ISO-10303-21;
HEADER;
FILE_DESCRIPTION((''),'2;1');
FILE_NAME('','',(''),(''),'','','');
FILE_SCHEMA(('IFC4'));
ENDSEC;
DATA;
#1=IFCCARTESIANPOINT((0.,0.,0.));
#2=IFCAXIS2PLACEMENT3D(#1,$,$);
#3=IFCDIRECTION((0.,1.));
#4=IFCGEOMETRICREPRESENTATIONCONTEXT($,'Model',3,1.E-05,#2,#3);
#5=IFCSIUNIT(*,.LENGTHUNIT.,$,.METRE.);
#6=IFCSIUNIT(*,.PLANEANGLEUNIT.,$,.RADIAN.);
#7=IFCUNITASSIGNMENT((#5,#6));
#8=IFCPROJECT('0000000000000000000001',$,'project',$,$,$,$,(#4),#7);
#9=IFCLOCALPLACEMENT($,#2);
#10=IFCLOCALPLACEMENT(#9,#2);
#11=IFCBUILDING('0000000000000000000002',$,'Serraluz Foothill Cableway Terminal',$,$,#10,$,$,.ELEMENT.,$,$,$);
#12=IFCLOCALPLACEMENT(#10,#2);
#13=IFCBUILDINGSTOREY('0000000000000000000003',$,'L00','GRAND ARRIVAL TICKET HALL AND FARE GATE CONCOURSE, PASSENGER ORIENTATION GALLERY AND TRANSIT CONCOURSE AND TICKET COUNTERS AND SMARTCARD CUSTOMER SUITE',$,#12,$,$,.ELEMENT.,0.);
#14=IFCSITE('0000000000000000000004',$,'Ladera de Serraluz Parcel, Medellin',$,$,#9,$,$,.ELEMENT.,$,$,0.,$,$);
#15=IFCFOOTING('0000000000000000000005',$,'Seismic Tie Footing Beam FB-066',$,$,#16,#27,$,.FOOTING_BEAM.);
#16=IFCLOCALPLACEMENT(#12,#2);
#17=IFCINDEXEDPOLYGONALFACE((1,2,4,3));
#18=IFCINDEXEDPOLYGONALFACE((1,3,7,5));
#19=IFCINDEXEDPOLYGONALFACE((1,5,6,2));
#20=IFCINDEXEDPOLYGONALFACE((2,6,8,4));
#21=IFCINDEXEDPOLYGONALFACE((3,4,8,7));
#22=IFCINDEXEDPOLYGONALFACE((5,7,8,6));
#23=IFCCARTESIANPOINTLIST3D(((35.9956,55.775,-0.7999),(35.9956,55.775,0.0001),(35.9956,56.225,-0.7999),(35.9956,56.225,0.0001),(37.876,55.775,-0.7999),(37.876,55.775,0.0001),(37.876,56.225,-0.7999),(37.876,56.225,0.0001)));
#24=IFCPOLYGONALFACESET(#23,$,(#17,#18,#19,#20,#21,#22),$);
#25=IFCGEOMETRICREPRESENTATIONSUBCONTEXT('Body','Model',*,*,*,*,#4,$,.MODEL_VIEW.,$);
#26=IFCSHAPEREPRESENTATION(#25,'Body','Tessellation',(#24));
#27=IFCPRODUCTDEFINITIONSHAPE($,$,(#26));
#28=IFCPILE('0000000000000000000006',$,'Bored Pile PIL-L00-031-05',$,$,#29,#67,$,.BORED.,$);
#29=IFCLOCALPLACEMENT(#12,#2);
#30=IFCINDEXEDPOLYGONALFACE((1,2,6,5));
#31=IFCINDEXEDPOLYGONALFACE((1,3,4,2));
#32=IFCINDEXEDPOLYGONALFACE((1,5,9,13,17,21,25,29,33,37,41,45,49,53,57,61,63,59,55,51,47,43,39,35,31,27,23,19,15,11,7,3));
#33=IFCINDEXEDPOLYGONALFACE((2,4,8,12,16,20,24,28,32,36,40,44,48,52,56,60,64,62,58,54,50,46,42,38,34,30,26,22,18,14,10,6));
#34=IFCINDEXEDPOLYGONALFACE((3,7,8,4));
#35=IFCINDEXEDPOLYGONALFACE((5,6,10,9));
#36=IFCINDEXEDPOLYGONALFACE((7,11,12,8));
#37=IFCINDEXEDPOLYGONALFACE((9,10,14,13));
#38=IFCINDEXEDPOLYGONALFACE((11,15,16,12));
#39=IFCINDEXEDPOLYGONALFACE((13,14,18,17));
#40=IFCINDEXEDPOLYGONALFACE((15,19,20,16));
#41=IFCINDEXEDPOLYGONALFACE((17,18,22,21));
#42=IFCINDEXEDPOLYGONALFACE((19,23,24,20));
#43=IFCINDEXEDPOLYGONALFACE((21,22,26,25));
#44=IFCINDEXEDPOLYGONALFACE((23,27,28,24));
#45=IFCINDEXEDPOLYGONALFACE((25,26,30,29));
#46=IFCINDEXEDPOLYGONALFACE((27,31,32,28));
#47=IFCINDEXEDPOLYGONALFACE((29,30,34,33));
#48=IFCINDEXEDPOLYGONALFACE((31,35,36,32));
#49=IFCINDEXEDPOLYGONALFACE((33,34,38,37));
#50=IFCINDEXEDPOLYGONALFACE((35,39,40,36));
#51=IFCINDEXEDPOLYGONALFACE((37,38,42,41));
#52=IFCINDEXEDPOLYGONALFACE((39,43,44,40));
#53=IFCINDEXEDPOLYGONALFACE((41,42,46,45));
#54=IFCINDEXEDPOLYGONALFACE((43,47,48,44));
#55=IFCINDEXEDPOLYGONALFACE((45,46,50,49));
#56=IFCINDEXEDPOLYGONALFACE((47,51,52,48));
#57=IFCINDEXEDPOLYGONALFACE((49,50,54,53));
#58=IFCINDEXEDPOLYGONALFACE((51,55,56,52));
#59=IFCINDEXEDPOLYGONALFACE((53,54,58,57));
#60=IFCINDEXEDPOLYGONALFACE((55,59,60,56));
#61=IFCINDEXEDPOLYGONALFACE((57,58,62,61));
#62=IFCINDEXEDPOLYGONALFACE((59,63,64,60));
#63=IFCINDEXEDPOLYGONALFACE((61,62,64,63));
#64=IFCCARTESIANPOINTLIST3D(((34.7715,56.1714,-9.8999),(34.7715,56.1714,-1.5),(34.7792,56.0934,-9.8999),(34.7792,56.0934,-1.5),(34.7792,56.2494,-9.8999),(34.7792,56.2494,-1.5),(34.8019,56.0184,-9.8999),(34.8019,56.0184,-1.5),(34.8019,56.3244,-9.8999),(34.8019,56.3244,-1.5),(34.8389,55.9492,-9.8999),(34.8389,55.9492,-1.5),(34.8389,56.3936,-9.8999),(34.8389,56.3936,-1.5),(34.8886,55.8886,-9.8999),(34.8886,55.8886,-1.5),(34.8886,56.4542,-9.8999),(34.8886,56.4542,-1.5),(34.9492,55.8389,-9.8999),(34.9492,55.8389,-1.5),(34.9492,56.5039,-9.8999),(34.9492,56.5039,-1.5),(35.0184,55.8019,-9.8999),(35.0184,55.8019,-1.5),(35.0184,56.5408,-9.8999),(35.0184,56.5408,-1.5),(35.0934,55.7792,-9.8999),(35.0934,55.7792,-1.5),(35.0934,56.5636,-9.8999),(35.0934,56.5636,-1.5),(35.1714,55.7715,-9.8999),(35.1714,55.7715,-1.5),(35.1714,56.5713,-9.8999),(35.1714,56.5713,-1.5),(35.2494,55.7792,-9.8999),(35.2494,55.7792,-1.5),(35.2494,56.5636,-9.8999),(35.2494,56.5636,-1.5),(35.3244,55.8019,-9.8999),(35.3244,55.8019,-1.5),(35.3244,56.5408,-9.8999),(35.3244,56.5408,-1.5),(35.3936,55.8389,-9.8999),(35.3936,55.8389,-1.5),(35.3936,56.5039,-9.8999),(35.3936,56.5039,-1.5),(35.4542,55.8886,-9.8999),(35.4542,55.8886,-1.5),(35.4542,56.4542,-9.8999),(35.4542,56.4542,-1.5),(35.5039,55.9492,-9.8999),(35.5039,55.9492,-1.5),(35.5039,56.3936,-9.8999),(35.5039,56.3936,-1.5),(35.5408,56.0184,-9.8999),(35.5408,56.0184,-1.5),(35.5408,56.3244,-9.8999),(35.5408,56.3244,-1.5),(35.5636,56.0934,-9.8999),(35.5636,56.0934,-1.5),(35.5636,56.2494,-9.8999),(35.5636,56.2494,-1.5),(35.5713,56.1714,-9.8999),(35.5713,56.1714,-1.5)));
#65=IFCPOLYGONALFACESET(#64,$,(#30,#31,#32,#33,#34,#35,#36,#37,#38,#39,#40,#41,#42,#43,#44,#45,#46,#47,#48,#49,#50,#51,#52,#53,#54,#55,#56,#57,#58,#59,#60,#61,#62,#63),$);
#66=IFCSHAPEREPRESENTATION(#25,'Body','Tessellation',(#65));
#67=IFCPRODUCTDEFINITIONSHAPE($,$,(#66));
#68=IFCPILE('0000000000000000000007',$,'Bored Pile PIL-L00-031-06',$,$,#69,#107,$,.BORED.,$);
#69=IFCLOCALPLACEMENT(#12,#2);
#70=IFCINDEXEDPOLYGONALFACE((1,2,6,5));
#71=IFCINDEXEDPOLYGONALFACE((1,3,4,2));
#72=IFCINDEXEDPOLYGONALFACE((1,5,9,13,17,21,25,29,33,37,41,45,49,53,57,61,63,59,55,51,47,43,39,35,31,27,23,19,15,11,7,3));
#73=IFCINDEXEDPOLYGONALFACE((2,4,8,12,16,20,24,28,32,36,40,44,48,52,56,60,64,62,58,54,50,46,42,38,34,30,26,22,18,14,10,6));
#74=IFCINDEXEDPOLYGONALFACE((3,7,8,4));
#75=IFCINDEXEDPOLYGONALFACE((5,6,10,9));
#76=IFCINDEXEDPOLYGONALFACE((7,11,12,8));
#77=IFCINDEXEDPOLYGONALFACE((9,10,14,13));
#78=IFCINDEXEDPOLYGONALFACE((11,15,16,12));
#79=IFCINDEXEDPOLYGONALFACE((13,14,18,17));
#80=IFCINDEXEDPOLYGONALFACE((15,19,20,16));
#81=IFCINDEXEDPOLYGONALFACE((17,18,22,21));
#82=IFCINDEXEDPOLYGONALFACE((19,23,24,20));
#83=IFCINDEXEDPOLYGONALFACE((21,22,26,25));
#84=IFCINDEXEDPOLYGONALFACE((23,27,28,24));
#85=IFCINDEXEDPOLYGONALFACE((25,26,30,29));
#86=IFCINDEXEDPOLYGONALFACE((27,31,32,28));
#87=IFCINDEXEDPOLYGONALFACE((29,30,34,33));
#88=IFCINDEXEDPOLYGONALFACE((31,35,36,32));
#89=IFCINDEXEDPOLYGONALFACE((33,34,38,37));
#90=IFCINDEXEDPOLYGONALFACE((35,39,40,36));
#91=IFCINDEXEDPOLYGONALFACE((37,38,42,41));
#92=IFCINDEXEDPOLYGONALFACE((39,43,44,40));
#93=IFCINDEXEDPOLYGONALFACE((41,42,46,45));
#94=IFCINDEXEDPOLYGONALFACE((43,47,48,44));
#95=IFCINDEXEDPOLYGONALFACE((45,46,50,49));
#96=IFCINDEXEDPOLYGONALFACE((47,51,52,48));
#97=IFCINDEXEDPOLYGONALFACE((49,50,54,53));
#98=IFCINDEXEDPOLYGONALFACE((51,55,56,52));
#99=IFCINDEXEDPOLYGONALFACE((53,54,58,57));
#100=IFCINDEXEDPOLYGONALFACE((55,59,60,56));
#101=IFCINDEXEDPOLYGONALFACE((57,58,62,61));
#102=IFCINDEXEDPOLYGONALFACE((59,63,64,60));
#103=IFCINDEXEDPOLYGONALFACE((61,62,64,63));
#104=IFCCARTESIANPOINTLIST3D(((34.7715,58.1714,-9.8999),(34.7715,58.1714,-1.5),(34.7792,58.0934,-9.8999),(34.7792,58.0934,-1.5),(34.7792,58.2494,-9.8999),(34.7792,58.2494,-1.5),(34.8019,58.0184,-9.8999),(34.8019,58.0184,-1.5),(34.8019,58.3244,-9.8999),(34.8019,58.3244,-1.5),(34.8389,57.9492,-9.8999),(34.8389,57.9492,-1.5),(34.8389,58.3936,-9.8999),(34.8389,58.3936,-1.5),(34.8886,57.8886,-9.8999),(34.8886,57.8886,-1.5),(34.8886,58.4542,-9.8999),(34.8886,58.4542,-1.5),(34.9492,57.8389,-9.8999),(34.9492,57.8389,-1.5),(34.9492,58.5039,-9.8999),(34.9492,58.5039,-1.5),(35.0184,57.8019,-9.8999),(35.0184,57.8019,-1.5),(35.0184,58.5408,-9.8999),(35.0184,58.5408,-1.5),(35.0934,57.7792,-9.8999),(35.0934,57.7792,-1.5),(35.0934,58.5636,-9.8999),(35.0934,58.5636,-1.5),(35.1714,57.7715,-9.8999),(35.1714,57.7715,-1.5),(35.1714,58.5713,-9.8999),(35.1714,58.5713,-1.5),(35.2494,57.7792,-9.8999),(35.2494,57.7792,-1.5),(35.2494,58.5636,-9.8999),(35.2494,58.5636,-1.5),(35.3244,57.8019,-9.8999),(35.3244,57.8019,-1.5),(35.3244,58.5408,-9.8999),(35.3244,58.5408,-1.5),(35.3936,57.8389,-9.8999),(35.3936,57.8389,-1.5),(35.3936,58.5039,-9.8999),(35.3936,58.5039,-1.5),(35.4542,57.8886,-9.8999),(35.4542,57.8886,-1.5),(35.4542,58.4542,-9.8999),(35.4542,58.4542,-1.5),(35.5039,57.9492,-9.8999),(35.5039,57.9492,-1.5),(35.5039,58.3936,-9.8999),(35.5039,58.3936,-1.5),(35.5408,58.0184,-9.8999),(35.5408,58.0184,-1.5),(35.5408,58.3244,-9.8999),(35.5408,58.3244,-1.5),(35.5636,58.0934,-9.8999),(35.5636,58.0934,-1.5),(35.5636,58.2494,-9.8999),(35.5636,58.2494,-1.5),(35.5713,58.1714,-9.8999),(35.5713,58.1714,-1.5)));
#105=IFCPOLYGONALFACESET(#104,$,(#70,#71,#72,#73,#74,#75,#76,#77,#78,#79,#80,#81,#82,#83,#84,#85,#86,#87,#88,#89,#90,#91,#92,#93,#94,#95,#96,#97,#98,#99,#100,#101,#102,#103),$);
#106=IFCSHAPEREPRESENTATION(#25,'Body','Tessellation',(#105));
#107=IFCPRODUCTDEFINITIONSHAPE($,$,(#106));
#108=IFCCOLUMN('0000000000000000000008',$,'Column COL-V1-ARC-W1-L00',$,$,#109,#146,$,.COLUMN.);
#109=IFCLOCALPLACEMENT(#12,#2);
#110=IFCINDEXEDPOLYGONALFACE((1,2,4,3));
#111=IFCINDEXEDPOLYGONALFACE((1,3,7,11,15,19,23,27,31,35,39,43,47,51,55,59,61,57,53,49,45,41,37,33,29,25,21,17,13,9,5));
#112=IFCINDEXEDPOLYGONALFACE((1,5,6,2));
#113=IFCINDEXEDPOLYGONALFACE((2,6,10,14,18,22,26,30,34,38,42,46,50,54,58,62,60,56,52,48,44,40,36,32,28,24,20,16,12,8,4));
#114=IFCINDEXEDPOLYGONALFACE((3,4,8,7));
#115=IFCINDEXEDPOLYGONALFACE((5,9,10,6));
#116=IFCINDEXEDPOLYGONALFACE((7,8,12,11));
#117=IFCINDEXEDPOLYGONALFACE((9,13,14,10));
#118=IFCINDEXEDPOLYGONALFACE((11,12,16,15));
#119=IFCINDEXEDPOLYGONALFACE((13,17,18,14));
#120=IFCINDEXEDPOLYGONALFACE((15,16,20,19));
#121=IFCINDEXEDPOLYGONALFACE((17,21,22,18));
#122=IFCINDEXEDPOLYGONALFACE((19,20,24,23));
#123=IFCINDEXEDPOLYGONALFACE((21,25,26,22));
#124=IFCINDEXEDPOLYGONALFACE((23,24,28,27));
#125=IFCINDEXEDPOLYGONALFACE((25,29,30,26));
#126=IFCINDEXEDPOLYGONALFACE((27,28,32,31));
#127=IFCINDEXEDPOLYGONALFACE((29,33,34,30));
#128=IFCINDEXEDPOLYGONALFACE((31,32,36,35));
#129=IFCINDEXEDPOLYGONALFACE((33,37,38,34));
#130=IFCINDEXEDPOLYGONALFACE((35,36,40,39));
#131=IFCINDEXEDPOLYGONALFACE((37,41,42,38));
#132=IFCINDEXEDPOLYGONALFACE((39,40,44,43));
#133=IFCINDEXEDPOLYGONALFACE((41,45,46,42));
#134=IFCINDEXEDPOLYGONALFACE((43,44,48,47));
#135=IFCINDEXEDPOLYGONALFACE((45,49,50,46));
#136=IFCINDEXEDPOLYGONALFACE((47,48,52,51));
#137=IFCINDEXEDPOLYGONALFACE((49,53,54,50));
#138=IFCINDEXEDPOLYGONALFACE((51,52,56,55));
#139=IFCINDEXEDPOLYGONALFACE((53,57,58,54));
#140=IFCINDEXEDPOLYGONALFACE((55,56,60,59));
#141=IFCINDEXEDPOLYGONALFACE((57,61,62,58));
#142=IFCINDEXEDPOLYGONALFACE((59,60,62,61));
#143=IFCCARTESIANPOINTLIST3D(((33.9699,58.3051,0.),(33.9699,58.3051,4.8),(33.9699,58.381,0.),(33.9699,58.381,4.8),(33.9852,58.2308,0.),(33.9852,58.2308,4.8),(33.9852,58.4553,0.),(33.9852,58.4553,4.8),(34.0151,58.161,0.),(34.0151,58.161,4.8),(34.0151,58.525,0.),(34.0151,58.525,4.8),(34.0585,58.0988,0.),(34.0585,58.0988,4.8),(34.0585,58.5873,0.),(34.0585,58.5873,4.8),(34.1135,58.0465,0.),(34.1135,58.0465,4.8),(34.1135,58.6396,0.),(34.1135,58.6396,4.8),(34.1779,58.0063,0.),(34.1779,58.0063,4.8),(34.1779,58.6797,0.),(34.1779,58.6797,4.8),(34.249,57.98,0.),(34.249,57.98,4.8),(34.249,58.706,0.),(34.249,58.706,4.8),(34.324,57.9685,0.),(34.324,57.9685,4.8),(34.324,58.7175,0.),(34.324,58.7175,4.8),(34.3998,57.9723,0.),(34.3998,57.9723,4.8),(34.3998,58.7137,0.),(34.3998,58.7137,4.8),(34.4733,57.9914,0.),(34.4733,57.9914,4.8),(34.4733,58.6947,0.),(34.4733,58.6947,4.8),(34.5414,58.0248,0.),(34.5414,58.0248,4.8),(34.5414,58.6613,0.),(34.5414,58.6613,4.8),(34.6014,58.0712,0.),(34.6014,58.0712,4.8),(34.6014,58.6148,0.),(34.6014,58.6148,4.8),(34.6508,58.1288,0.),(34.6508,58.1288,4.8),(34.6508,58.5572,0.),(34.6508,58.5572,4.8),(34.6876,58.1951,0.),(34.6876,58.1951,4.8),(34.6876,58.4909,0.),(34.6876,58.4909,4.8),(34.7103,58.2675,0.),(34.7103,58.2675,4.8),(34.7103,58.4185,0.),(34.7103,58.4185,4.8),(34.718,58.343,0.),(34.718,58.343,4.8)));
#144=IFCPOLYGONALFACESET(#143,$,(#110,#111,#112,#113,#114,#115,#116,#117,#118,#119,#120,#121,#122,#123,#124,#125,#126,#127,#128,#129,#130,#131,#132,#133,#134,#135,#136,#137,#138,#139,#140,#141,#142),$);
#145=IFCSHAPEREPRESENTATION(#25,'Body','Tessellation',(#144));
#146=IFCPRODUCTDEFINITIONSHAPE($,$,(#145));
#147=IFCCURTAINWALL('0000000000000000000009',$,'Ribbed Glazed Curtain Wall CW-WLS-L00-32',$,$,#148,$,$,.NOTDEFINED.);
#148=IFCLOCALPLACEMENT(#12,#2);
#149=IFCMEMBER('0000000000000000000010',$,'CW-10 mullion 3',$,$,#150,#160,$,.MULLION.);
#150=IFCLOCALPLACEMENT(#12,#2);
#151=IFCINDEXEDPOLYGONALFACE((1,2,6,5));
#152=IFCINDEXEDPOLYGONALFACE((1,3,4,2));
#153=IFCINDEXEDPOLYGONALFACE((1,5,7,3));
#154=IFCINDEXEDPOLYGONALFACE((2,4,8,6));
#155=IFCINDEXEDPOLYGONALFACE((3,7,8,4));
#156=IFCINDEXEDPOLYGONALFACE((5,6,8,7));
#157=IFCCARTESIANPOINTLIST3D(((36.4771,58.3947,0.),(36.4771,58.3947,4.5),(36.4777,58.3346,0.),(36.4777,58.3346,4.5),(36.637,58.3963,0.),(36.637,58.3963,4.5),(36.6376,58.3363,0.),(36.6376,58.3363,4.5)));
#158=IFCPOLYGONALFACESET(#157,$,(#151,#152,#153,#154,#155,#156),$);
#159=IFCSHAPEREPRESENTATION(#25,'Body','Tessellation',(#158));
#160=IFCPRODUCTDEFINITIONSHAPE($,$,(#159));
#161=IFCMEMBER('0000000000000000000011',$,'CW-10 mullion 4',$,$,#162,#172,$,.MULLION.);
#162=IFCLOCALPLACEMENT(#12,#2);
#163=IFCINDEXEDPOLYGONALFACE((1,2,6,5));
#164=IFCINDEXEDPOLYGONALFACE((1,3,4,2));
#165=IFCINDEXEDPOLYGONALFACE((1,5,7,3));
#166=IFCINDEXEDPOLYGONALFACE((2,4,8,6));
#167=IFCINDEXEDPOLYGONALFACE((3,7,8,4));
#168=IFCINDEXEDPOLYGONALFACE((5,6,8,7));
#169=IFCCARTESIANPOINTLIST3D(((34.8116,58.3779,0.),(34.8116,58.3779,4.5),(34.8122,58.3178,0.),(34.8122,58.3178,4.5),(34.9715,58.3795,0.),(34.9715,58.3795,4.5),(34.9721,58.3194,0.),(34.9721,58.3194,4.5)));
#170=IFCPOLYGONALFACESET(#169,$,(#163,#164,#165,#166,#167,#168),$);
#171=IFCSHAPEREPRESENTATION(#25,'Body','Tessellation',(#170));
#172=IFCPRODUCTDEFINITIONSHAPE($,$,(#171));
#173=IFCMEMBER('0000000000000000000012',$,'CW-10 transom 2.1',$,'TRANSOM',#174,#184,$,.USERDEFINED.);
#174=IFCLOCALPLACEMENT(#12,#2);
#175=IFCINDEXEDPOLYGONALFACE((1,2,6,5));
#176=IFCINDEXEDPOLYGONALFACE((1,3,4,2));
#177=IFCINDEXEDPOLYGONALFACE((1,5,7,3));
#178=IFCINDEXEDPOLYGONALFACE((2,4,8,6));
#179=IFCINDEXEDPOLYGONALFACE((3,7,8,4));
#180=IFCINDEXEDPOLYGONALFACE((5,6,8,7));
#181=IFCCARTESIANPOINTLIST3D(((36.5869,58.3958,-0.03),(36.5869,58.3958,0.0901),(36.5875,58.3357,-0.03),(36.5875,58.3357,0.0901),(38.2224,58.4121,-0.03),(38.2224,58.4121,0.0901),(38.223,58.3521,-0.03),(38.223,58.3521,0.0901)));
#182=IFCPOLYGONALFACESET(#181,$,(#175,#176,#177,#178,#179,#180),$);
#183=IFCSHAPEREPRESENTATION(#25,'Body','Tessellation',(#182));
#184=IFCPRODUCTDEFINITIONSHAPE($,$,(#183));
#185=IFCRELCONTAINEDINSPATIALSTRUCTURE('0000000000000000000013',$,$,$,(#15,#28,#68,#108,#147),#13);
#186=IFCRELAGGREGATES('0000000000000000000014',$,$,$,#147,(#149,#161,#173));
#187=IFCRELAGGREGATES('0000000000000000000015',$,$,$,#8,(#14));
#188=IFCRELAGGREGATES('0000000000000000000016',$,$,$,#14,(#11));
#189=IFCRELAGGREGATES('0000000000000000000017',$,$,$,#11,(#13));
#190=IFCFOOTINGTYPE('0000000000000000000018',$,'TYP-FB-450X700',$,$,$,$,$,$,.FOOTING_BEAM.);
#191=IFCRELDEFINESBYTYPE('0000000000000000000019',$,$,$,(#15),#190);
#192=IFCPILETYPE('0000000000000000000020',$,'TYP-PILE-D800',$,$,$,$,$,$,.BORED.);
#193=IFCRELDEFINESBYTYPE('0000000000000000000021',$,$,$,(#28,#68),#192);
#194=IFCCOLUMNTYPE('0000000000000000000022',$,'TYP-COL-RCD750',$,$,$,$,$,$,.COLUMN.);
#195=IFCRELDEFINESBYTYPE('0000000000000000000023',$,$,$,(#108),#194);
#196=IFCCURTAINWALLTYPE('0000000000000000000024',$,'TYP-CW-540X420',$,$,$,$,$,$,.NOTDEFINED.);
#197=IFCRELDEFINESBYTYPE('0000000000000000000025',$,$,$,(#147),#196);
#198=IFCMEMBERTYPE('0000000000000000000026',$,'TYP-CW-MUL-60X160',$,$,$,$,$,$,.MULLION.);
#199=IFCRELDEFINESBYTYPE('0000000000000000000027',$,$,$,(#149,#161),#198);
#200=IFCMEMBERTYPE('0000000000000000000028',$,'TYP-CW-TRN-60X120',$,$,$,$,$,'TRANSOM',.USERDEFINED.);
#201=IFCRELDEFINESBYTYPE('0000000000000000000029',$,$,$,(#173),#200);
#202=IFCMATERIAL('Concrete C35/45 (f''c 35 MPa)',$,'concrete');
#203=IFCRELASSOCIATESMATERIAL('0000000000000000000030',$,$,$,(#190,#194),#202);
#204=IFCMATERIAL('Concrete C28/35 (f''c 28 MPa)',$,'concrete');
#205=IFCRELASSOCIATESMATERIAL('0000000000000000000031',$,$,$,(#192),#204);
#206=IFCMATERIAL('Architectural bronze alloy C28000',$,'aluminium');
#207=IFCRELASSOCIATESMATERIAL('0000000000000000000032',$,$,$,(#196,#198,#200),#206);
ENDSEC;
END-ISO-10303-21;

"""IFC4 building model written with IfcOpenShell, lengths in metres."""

from ifc_helpers import new_model, si_unit, direction, frame, origin, origin_2d, place, context, subcontext, project, spatial, rectangle, circle, extrude, material, material_profile, profile_set, type_object, element, aggregate, save


model = new_model("IFC4")

# Units and contexts
model_context = context("Model", 3, precision=1e-05, world=origin(), true_north=direction((0.0, 1.0)))
body_context = subcontext(model_context, "Body", "Model", "MODEL_VIEW")
ifc_project = project(units=[si_unit("LENGTHUNIT", "METRE"), si_unit("PLANEANGLEUNIT", "RADIAN")], contexts=[model_context])

# Site, building, storey
site_placement = place(None, origin())
site = spatial("IfcSite", under=ifc_project, at=site_placement, Name="Ladera de Serraluz Parcel, Medellin", CompositionType="ELEMENT", RefElevation=0.0)
building_placement = place(site_placement, origin())
building = spatial("IfcBuilding", under=site, at=building_placement, Name="Serraluz Foothill Cableway Terminal", CompositionType="ELEMENT")
storey_placement = place(building_placement, origin())
storey = spatial("IfcBuildingStorey", under=building, at=storey_placement, Name="L00", Description="GRAND ARRIVAL TICKET HALL AND FARE GATE CONCOURSE, PASSENGER ORIENTATION GALLERY AND TRANSIT CONCOURSE AND TICKET COUNTERS AND SMARTCARD CUSTOMER SUITE", CompositionType="ELEMENT", Elevation=0.0)

# Footing
ifc_material_1 = material(Name="Concrete C35/45 (f'c 35 MPa)", Category="concrete")
ifc_material_profile_1 = material_profile(ifc_material_1, rectangle(XDim=0.45, YDim=0.8, at=origin_2d()), Name="RC 450x800")
ifc_profile_set_1 = profile_set([ifc_material_profile_1], Name="Concrete C35/45 (f'c 35 MPa)")
footing_type = type_object("IfcFootingType", Name="TYP-FB-450X700", PredefinedType="FOOTING_BEAM", material=ifc_profile_set_1)
footing_placement = place(storey_placement, frame((35.9956, 56.0, -0.3999), z_axis=(1.0, 0.0, 0.0), x_axis=(0.0, 1.0, 0.0)))
element("IfcFooting", 1, at=footing_placement, inside=storey, type_object=footing_type, Name="Seismic Tie Footing Beam FB-066", PredefinedType="FOOTING_BEAM", context=body_context, shape_type="SweptSolid", body=[
    extrude(rectangle(XDim=0.45, YDim=0.8, at=origin_2d()), origin(), (0.0, 0.0, 1.0), 1.8804),
])

# Piles
ifc_material_2 = material(Name="Concrete C28/35 (f'c 28 MPa)", Category="concrete")
ifc_material_profile_2 = material_profile(ifc_material_2, circle(Radius=0.3999, at=origin_2d()), Name="BORED PILE D800")
ifc_profile_set_2 = profile_set([ifc_material_profile_2], Name="Concrete C28/35 (f'c 28 MPa)")
pile_type = type_object("IfcPileType", Name="TYP-PILE-D800", PredefinedType="BORED", material=ifc_profile_set_2)
for number, where, z_axis, x_axis, name in (
    (2, (35.1714, 56.1714, -1.5), (0.0, 0.0, -1.0), (1.0, 0.0, 0.0), "Bored Pile PIL-L00-031-05"),
    (3, (35.1714, 58.1714, -1.5), (0.0, 0.0, -1.0), (1.0, 0.0, 0.0), "Bored Pile PIL-L00-031-06"),
):
    element("IfcPile", number, at=place(storey_placement, frame(where, z_axis=z_axis, x_axis=x_axis)), inside=storey, type_object=pile_type, Name=name, PredefinedType="BORED", context=body_context, shape_type="SweptSolid", body=[
        extrude(circle(Radius=0.3999, at=origin_2d()), origin(), (0.0, 0.0, 1.0), 8.3999),
    ])

# Column
ifc_material_profile_3 = material_profile(ifc_material_1, circle(Radius=0.375, at=origin_2d()), Name="RC D750")
ifc_profile_set_3 = profile_set([ifc_material_profile_3], Name="Concrete C35/45 (f'c 35 MPa)")
column_type = type_object("IfcColumnType", Name="TYP-COL-RCD750", PredefinedType="COLUMN", material=ifc_profile_set_3)
column_placement = place(storey_placement, frame((34.343, 58.343, 0.0), z_axis=(0.0, 0.0, 1.0), x_axis=(1.0, 0.0, 0.0)))
element("IfcColumn", 4, at=column_placement, inside=storey, type_object=column_type, Name="Column COL-V1-ARC-W1-L00", PredefinedType="COLUMN", context=body_context, shape_type="SweptSolid", body=[
    extrude(circle(Radius=0.375, at=origin_2d()), origin(), (0.0, 0.0, 1.0), 4.8),
])

# Curtain wall, members
ifc_material_3 = material(Name="Architectural bronze alloy C28000", Category="aluminium")
curtain_wall_type = type_object("IfcCurtainWallType", Name="TYP-CW-540X420", PredefinedType="NOTDEFINED", material=ifc_material_3)
curtain_wall_placement = place(storey_placement, origin())
curtain_wall = element("IfcCurtainWall", 5, at=curtain_wall_placement, inside=storey, type_object=curtain_wall_type, Name="Ribbed Glazed Curtain Wall CW-WLS-L00-32", PredefinedType="NOTDEFINED")
ifc_material_profile_4 = material_profile(ifc_material_3, rectangle(XDim=0.0601, YDim=0.1599, at=origin_2d()), Name="ALU MULLION 60x160")
ifc_profile_set_4 = profile_set([ifc_material_profile_4], Name="Architectural bronze alloy C28000")
member_type_1 = type_object("IfcMemberType", Name="TYP-CW-MUL-60X160", PredefinedType="MULLION", material=ifc_profile_set_4)
member_1_placement = place(storey_placement, frame((36.5574, 58.3655, 0.0), z_axis=(0.0, 0.0, 1.0), x_axis=(0.010066, -0.999949, 0.0)))
member_1 = element("IfcMember", 6, at=member_1_placement, type_object=member_type_1, Name="CW-10 mullion 3", PredefinedType="MULLION", context=body_context, shape_type="SweptSolid", body=[
    extrude(rectangle(XDim=0.0601, YDim=0.1599, at=origin_2d()), origin(), (0.0, 0.0, 1.0), 4.5),
])
member_2_placement = place(storey_placement, frame((34.8918, 58.3486, 0.0), z_axis=(0.0, 0.0, 1.0), x_axis=(0.010066, -0.999949, 0.0)))
member_2 = element("IfcMember", 7, at=member_2_placement, type_object=member_type_1, Name="CW-10 mullion 4", PredefinedType="MULLION", context=body_context, shape_type="SweptSolid", body=[
    extrude(rectangle(XDim=0.0601, YDim=0.1599, at=origin_2d()), origin(), (0.0, 0.0, 1.0), 4.5),
])
ifc_material_profile_5 = material_profile(ifc_material_3, rectangle(XDim=0.0601, YDim=0.1201, at=origin_2d()), Name="ALU TRANSOM 60x120")
ifc_profile_set_5 = profile_set([ifc_material_profile_5], Name="Architectural bronze alloy C28000")
member_type_2 = type_object("IfcMemberType", Name="TYP-CW-TRN-60X120", ElementType="TRANSOM", PredefinedType="USERDEFINED", material=ifc_profile_set_5)
member_3_placement = place(storey_placement, frame((38.2227, 58.3821, 0.03), z_axis=(-0.99995, -0.010001, 0.0), x_axis=(0.010001, -0.99995, 0.0)))
member_3 = element("IfcMember", 8, at=member_3_placement, type_object=member_type_2, Name="CW-10 transom 2.1", ObjectType="TRANSOM", PredefinedType="USERDEFINED", context=body_context, shape_type="SweptSolid", body=[
    extrude(rectangle(XDim=0.0601, YDim=0.1201, at=origin_2d()), origin(), (0.0, 0.0, 1.0), 1.6355),
])
aggregate(curtain_wall, [member_1, member_2, member_3])

save(model, "model.ifc")
